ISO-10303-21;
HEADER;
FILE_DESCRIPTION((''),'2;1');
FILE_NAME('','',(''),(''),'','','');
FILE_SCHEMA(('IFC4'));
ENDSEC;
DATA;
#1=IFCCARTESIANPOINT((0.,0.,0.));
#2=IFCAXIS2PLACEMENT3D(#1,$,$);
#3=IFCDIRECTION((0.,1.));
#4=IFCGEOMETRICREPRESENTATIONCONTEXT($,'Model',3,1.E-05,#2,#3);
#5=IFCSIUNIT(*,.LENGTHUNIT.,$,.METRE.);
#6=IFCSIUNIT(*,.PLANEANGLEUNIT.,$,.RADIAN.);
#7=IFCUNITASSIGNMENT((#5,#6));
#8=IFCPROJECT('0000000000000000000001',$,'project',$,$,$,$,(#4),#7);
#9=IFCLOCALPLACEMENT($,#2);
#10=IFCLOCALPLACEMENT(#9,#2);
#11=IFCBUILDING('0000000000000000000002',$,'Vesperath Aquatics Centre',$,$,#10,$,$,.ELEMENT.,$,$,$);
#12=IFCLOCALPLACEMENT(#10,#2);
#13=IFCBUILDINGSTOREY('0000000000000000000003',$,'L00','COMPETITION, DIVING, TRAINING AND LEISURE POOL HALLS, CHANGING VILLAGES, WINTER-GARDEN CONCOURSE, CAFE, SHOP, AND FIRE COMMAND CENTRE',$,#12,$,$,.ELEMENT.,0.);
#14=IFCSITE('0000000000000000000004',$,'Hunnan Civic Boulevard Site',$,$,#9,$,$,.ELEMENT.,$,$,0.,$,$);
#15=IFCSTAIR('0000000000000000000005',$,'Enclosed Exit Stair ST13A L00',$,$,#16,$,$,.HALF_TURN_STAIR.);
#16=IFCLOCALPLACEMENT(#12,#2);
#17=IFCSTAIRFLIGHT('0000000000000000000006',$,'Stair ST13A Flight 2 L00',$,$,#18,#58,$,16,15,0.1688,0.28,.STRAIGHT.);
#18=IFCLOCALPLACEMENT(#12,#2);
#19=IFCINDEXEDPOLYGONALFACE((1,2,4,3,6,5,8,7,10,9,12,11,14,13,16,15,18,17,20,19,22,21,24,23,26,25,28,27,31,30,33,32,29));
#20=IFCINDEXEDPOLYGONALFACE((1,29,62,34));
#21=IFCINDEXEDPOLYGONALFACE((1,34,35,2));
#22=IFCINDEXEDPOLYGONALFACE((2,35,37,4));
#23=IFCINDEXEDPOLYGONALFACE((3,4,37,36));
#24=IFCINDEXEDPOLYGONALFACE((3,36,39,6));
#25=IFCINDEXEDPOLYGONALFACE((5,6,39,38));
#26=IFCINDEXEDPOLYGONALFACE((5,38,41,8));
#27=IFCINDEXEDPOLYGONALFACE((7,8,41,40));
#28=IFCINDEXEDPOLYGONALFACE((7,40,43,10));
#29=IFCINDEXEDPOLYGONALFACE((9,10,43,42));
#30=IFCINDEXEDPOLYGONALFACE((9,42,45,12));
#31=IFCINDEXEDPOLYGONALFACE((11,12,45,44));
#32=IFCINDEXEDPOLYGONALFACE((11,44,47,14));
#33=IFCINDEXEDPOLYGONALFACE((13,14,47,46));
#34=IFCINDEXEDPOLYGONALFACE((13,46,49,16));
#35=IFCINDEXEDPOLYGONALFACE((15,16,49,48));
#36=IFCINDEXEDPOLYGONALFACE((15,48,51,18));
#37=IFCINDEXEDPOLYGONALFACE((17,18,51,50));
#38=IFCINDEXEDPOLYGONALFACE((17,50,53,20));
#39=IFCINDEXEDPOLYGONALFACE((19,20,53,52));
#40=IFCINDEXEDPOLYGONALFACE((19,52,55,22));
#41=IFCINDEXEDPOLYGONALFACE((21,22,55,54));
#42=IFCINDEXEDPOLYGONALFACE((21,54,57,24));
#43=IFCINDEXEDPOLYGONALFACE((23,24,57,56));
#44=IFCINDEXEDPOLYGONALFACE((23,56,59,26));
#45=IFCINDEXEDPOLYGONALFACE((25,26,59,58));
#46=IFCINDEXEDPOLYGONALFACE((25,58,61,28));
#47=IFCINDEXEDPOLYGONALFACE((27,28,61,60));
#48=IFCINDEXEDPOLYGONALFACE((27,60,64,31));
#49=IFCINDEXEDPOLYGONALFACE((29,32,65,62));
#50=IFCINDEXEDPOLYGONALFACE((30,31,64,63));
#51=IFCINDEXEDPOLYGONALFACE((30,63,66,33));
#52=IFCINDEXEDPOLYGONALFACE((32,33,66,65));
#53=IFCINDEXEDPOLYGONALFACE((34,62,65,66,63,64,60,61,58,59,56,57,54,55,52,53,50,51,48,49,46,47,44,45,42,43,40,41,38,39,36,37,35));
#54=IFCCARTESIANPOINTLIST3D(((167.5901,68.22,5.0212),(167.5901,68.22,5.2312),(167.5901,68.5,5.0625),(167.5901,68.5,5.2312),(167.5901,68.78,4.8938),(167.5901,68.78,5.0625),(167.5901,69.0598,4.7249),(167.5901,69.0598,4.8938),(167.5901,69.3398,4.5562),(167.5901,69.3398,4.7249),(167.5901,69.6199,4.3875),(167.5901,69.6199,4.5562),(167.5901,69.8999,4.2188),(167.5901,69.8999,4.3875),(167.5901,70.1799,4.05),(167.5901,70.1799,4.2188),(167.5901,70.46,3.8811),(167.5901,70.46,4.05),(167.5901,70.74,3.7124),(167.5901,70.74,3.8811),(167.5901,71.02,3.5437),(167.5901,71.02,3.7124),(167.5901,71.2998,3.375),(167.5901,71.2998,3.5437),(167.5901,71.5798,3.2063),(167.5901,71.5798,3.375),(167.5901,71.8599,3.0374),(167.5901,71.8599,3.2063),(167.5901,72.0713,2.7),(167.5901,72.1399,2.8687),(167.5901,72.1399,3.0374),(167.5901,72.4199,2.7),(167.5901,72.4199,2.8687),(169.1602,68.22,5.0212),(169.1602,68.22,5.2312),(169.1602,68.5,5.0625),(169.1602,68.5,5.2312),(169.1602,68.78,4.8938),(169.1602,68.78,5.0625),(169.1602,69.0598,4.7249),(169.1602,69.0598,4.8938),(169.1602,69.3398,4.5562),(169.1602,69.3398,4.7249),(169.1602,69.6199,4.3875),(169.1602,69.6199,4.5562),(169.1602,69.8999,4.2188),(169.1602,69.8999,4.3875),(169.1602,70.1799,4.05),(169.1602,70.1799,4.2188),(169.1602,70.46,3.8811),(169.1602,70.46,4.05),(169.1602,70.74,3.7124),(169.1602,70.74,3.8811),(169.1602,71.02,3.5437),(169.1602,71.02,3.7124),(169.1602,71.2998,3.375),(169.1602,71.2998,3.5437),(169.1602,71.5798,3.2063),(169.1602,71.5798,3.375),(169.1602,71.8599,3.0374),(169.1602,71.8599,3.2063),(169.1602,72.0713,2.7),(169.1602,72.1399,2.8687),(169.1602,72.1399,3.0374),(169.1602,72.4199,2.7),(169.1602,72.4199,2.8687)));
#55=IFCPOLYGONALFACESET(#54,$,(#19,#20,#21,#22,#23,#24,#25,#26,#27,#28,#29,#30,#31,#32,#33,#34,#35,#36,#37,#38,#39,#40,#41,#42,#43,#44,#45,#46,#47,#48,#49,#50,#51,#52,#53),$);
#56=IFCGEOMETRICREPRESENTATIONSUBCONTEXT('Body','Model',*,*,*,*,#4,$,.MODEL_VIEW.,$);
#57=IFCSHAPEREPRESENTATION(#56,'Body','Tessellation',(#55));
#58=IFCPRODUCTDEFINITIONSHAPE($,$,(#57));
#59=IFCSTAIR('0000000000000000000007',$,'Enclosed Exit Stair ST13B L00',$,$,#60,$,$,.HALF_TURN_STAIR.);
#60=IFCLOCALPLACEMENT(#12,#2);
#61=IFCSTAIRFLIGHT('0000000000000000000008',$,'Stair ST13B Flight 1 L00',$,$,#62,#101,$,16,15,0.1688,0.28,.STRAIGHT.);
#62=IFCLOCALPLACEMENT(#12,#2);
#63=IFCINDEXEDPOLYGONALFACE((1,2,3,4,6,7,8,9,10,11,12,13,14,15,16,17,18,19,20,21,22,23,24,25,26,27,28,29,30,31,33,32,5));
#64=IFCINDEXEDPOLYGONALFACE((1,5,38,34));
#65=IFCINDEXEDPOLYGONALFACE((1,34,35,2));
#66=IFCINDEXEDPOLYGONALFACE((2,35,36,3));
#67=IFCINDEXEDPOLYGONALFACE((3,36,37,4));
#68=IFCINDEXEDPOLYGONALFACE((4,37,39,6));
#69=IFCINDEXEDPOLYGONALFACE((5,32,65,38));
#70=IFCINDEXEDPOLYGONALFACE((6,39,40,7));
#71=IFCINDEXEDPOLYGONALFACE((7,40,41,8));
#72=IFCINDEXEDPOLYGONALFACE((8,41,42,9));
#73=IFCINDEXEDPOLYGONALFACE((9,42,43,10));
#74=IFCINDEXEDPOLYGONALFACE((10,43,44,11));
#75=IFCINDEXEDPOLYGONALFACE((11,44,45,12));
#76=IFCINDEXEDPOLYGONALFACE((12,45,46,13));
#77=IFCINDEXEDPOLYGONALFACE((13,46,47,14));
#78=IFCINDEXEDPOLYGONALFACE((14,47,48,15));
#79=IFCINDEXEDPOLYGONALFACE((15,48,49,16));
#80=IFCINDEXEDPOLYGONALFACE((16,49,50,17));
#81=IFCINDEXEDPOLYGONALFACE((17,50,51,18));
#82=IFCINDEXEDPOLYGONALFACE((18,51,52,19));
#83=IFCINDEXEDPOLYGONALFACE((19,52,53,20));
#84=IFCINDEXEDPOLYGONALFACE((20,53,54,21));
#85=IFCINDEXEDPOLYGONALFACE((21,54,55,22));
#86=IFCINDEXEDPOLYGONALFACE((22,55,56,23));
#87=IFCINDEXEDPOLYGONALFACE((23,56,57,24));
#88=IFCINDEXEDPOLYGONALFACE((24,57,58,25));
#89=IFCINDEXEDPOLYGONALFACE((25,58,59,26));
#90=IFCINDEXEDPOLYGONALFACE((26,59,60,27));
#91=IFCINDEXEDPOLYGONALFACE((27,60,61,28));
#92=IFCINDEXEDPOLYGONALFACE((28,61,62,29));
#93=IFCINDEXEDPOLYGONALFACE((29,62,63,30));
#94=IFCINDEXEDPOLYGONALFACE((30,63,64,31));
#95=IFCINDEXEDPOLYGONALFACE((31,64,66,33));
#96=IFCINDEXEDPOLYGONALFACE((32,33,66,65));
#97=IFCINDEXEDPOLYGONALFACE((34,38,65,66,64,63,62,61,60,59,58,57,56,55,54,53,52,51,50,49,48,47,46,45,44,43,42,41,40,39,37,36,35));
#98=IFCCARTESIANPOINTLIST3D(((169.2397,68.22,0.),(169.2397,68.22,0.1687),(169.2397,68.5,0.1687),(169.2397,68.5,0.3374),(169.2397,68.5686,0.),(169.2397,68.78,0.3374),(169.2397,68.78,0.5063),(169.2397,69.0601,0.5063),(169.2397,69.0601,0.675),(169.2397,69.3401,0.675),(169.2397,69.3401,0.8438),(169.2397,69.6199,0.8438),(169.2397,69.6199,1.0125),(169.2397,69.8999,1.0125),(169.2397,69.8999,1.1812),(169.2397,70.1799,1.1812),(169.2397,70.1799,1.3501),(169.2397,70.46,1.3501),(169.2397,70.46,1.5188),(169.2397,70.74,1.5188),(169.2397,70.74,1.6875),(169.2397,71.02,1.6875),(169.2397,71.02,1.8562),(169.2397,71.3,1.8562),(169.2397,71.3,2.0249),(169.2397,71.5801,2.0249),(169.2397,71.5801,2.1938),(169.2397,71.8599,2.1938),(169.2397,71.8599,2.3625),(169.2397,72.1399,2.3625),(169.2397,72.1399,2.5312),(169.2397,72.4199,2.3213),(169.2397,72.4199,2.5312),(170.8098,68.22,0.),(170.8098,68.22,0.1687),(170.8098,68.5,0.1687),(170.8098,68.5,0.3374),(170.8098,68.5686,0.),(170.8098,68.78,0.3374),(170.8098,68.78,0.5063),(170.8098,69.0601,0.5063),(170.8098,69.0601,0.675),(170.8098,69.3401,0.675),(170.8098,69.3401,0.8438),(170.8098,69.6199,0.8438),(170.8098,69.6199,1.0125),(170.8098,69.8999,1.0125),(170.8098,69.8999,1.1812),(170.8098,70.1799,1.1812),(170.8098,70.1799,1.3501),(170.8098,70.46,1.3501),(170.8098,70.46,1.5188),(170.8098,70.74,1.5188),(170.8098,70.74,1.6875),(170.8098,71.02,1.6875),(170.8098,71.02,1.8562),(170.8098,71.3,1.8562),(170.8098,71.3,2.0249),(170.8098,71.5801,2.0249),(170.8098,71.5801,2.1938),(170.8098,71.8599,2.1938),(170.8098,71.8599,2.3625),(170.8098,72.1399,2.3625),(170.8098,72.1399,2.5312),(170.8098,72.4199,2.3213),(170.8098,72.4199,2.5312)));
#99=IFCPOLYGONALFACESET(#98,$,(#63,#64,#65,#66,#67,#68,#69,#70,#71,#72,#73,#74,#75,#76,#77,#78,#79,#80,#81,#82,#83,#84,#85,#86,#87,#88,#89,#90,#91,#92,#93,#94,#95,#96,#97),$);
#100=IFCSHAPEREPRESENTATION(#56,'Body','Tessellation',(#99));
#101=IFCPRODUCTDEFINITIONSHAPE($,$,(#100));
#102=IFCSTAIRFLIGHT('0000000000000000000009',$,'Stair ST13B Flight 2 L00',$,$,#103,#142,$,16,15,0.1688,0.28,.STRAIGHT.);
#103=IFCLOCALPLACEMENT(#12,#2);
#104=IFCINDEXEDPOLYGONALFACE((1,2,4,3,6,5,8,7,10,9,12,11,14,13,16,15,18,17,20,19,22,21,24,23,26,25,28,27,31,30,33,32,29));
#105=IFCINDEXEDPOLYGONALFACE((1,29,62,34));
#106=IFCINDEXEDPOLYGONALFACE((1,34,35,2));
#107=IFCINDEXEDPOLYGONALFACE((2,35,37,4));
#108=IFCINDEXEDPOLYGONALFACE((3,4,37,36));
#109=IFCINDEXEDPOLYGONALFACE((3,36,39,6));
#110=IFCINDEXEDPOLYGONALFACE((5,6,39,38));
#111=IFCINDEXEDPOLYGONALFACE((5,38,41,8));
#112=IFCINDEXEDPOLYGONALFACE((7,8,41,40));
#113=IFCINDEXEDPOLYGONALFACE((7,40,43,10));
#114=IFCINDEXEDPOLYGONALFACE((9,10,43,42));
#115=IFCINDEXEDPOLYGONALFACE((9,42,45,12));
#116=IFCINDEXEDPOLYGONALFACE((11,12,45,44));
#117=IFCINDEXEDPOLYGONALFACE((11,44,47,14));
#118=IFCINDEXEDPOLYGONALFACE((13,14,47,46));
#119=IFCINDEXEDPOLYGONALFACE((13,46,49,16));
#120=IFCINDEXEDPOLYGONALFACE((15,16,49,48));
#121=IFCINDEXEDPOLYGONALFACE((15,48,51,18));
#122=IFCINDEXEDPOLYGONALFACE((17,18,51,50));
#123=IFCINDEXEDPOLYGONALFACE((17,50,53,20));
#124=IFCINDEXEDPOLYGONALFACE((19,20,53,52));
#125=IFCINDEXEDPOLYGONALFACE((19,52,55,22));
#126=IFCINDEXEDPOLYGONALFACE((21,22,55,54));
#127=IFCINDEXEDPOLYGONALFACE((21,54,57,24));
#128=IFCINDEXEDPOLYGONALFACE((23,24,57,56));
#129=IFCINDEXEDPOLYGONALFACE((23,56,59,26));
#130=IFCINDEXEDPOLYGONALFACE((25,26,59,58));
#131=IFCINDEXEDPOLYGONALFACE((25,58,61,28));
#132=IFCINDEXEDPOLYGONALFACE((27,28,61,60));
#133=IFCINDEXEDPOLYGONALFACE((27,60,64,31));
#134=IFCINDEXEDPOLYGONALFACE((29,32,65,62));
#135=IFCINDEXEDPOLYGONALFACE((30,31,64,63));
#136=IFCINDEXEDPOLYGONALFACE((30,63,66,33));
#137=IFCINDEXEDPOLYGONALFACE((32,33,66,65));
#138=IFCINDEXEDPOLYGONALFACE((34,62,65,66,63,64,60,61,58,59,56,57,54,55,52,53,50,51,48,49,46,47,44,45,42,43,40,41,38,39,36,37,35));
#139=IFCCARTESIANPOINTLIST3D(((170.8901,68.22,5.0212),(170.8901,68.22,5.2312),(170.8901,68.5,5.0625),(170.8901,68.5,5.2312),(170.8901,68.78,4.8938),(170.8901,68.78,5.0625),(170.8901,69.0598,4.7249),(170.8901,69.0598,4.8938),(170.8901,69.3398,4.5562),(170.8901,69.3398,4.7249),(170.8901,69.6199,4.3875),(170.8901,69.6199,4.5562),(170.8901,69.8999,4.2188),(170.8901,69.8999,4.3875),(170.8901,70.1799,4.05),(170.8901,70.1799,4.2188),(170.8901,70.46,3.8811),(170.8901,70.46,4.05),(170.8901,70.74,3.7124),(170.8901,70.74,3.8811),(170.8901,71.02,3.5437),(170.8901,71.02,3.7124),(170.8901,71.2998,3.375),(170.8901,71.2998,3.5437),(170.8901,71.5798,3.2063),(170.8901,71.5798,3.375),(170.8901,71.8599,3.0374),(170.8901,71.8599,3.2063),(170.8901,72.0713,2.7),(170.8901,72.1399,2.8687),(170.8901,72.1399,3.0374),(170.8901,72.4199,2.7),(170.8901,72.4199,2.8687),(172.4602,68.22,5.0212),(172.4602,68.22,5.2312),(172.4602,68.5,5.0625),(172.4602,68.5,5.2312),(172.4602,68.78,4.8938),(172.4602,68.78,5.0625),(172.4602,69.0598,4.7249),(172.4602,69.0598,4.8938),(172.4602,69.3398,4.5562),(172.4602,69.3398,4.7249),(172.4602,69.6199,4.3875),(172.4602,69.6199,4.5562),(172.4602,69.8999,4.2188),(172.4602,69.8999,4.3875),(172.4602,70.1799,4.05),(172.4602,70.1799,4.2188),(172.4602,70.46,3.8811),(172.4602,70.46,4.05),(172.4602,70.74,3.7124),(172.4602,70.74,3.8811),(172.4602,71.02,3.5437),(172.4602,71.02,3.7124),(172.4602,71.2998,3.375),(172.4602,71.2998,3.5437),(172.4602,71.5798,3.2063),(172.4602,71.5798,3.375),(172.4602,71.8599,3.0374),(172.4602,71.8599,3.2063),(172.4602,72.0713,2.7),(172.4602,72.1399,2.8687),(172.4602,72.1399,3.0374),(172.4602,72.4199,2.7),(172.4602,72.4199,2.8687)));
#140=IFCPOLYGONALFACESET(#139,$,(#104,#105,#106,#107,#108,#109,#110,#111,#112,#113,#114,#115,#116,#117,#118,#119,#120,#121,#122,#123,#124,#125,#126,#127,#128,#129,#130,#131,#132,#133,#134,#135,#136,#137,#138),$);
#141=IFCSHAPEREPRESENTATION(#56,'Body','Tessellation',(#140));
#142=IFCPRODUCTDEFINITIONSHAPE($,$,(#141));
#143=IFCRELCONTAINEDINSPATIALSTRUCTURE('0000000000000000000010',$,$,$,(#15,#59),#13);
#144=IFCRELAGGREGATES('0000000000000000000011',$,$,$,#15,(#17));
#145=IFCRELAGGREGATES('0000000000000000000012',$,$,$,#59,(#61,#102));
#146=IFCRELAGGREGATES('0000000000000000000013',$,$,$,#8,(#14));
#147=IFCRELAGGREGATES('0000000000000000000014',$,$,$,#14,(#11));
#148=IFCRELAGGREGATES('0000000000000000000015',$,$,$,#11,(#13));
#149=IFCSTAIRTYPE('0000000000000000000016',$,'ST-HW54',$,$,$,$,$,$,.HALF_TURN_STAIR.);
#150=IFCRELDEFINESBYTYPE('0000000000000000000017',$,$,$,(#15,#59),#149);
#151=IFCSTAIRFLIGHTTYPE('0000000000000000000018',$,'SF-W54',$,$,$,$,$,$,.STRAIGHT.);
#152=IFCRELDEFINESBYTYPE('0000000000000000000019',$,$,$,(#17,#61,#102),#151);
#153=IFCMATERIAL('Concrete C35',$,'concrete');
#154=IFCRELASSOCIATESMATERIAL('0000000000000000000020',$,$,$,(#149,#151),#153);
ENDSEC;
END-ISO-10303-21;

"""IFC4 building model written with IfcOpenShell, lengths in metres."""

from ifc_helpers import new_model, si_unit, direction, frame, origin, place, context, subcontext, project, spatial, polyline, outline, extrude, material, type_object, element, aggregate, save


model = new_model("IFC4")

# Units and contexts
model_context = context("Model", 3, precision=1e-05, world=origin(), true_north=direction((0.0, 1.0)))
body_context = subcontext(model_context, "Body", "Model", "MODEL_VIEW")
ifc_project = project(units=[si_unit("LENGTHUNIT", "METRE"), si_unit("PLANEANGLEUNIT", "RADIAN")], contexts=[model_context])

# Site, building, storey
site_placement = place(None, origin())
site = spatial("IfcSite", under=ifc_project, at=site_placement, Name="Hunnan Civic Boulevard Site", CompositionType="ELEMENT", RefElevation=0.0)
building_placement = place(site_placement, origin())
building = spatial("IfcBuilding", under=site, at=building_placement, Name="Vesperath Aquatics Centre", CompositionType="ELEMENT")
storey_placement = place(building_placement, origin())
storey = spatial("IfcBuildingStorey", under=building, at=storey_placement, Name="L00", Description="COMPETITION, DIVING, TRAINING AND LEISURE POOL HALLS, CHANGING VILLAGES, WINTER-GARDEN CONCOURSE, CAFE, SHOP, AND FIRE COMMAND CENTRE", CompositionType="ELEMENT", Elevation=0.0)

# Shared definitions
ifc_material_1 = material(Name="Concrete C35", Category="concrete")

# Stairs, stair flights
stair_type = type_object("IfcStairType", Name="ST-HW54", PredefinedType="HALF_TURN_STAIR", material=ifc_material_1)
stair_1_placement = place(storey_placement, origin())
stair_1 = element("IfcStair", 1, at=stair_1_placement, inside=storey, type_object=stair_type, Name="Enclosed Exit Stair ST13A L00", PredefinedType="HALF_TURN_STAIR")
stair_flight_type = type_object("IfcStairFlightType", Name="SF-W54", PredefinedType="STRAIGHT", material=ifc_material_1)
stair_flight_1_placement = place(storey_placement, frame((168.375, 72.4199, 2.7), z_axis=(0.0, 0.0, 1.0), x_axis=(0.0, -1.0, 0.0)))
stair_flight_1 = element("IfcStairFlight", 2, at=stair_flight_1_placement, type_object=stair_flight_type, Name="Stair ST13A Flight 2 L00", NumberOfRisers=16, NumberOfTreads=15, PredefinedType="STRAIGHT", RiserHeight=0.1688, TreadLength=0.28, context=body_context, shape_type="SweptSolid", body=[
    extrude(outline(polyline([(0.0, 0.0), (0.0, 0.1687), (0.28, 0.1687), (0.28, 0.3374), (0.5601, 0.3374), (0.5601, 0.5063), (0.8401, 0.5063), (0.8401, 0.675), (1.1201, 0.675), (1.1201, 0.8438), (1.3999, 0.8438), (1.3999, 1.0125), (1.6799, 1.0125), (1.6799, 1.1812), (1.96, 1.1812), (1.96, 1.3501), (2.24, 1.3501), (2.24, 1.5188), (2.52, 1.5188), (2.52, 1.6875), (2.8, 1.6875), (2.8, 1.8562), (3.0801, 1.8562), (3.0801, 2.0249), (3.3601, 2.0249), (3.3601, 2.1938), (3.6399, 2.1938), (3.6399, 2.3625), (3.9199, 2.3625), (3.9199, 2.5312), (4.2, 2.5312), (4.2, 2.7), (4.2, 2.3213), (0.3486, 0.0), (0.0, 0.0)])), frame((0.0, 0.7852, 0.0), z_axis=(0.0, -1.0, 0.0), x_axis=(1.0, 0.0, 0.0)), (0.0, 0.0, 1.0), 1.5701),
])
aggregate(stair_1, [stair_flight_1])
stair_2_placement = place(storey_placement, origin())
stair_2 = element("IfcStair", 3, at=stair_2_placement, inside=storey, type_object=stair_type, Name="Enclosed Exit Stair ST13B L00", PredefinedType="HALF_TURN_STAIR")
stair_flight_2_placement = place(storey_placement, frame((170.0249, 68.22, 0.0), z_axis=(0.0, 0.0, 1.0), x_axis=(0.0, 1.0, 0.0)))
stair_flight_2 = element("IfcStairFlight", 4, at=stair_flight_2_placement, type_object=stair_flight_type, Name="Stair ST13B Flight 1 L00", NumberOfRisers=16, NumberOfTreads=15, PredefinedType="STRAIGHT", RiserHeight=0.1688, TreadLength=0.28, context=body_context, shape_type="SweptSolid", body=[
    extrude(outline(polyline([(0.0, 0.0), (0.0, 0.1687), (0.28, 0.1687), (0.28, 0.3374), (0.5601, 0.3374), (0.5601, 0.5063), (0.8401, 0.5063), (0.8401, 0.675), (1.1201, 0.675), (1.1201, 0.8438), (1.3999, 0.8438), (1.3999, 1.0125), (1.6799, 1.0125), (1.6799, 1.1812), (1.96, 1.1812), (1.96, 1.3501), (2.24, 1.3501), (2.24, 1.5188), (2.52, 1.5188), (2.52, 1.6875), (2.8, 1.6875), (2.8, 1.8562), (3.0801, 1.8562), (3.0801, 2.0249), (3.3601, 2.0249), (3.3601, 2.1938), (3.6399, 2.1938), (3.6399, 2.3625), (3.9199, 2.3625), (3.9199, 2.5312), (4.2, 2.5312), (4.2, 2.7), (4.2, 2.3213), (0.3486, 0.0), (0.0, 0.0)])), frame((0.0, 0.7852, 0.0), z_axis=(0.0, -1.0, 0.0), x_axis=(1.0, 0.0, 0.0)), (0.0, 0.0, 1.0), 1.5701),
])
stair_flight_3_placement = place(storey_placement, frame((171.675, 72.4199, 2.7), z_axis=(0.0, 0.0, 1.0), x_axis=(0.0, -1.0, 0.0)))
stair_flight_3 = element("IfcStairFlight", 5, at=stair_flight_3_placement, type_object=stair_flight_type, Name="Stair ST13B Flight 2 L00", NumberOfRisers=16, NumberOfTreads=15, PredefinedType="STRAIGHT", RiserHeight=0.1688, TreadLength=0.28, context=body_context, shape_type="SweptSolid", body=[
    extrude(outline(polyline([(0.0, 0.0), (0.0, 0.1687), (0.28, 0.1687), (0.28, 0.3374), (0.5601, 0.3374), (0.5601, 0.5063), (0.8401, 0.5063), (0.8401, 0.675), (1.1201, 0.675), (1.1201, 0.8438), (1.3999, 0.8438), (1.3999, 1.0125), (1.6799, 1.0125), (1.6799, 1.1812), (1.96, 1.1812), (1.96, 1.3501), (2.24, 1.3501), (2.24, 1.5188), (2.52, 1.5188), (2.52, 1.6875), (2.8, 1.6875), (2.8, 1.8562), (3.0801, 1.8562), (3.0801, 2.0249), (3.3601, 2.0249), (3.3601, 2.1938), (3.6399, 2.1938), (3.6399, 2.3625), (3.9199, 2.3625), (3.9199, 2.5312), (4.2, 2.5312), (4.2, 2.7), (4.2, 2.3213), (0.3486, 0.0), (0.0, 0.0)])), frame((0.0, 0.7852, 0.0), z_axis=(0.0, -1.0, 0.0), x_axis=(1.0, 0.0, 0.0)), (0.0, 0.0, 1.0), 1.5701),
])
aggregate(stair_2, [stair_flight_2, stair_flight_3])

save(model, "model.ifc")
